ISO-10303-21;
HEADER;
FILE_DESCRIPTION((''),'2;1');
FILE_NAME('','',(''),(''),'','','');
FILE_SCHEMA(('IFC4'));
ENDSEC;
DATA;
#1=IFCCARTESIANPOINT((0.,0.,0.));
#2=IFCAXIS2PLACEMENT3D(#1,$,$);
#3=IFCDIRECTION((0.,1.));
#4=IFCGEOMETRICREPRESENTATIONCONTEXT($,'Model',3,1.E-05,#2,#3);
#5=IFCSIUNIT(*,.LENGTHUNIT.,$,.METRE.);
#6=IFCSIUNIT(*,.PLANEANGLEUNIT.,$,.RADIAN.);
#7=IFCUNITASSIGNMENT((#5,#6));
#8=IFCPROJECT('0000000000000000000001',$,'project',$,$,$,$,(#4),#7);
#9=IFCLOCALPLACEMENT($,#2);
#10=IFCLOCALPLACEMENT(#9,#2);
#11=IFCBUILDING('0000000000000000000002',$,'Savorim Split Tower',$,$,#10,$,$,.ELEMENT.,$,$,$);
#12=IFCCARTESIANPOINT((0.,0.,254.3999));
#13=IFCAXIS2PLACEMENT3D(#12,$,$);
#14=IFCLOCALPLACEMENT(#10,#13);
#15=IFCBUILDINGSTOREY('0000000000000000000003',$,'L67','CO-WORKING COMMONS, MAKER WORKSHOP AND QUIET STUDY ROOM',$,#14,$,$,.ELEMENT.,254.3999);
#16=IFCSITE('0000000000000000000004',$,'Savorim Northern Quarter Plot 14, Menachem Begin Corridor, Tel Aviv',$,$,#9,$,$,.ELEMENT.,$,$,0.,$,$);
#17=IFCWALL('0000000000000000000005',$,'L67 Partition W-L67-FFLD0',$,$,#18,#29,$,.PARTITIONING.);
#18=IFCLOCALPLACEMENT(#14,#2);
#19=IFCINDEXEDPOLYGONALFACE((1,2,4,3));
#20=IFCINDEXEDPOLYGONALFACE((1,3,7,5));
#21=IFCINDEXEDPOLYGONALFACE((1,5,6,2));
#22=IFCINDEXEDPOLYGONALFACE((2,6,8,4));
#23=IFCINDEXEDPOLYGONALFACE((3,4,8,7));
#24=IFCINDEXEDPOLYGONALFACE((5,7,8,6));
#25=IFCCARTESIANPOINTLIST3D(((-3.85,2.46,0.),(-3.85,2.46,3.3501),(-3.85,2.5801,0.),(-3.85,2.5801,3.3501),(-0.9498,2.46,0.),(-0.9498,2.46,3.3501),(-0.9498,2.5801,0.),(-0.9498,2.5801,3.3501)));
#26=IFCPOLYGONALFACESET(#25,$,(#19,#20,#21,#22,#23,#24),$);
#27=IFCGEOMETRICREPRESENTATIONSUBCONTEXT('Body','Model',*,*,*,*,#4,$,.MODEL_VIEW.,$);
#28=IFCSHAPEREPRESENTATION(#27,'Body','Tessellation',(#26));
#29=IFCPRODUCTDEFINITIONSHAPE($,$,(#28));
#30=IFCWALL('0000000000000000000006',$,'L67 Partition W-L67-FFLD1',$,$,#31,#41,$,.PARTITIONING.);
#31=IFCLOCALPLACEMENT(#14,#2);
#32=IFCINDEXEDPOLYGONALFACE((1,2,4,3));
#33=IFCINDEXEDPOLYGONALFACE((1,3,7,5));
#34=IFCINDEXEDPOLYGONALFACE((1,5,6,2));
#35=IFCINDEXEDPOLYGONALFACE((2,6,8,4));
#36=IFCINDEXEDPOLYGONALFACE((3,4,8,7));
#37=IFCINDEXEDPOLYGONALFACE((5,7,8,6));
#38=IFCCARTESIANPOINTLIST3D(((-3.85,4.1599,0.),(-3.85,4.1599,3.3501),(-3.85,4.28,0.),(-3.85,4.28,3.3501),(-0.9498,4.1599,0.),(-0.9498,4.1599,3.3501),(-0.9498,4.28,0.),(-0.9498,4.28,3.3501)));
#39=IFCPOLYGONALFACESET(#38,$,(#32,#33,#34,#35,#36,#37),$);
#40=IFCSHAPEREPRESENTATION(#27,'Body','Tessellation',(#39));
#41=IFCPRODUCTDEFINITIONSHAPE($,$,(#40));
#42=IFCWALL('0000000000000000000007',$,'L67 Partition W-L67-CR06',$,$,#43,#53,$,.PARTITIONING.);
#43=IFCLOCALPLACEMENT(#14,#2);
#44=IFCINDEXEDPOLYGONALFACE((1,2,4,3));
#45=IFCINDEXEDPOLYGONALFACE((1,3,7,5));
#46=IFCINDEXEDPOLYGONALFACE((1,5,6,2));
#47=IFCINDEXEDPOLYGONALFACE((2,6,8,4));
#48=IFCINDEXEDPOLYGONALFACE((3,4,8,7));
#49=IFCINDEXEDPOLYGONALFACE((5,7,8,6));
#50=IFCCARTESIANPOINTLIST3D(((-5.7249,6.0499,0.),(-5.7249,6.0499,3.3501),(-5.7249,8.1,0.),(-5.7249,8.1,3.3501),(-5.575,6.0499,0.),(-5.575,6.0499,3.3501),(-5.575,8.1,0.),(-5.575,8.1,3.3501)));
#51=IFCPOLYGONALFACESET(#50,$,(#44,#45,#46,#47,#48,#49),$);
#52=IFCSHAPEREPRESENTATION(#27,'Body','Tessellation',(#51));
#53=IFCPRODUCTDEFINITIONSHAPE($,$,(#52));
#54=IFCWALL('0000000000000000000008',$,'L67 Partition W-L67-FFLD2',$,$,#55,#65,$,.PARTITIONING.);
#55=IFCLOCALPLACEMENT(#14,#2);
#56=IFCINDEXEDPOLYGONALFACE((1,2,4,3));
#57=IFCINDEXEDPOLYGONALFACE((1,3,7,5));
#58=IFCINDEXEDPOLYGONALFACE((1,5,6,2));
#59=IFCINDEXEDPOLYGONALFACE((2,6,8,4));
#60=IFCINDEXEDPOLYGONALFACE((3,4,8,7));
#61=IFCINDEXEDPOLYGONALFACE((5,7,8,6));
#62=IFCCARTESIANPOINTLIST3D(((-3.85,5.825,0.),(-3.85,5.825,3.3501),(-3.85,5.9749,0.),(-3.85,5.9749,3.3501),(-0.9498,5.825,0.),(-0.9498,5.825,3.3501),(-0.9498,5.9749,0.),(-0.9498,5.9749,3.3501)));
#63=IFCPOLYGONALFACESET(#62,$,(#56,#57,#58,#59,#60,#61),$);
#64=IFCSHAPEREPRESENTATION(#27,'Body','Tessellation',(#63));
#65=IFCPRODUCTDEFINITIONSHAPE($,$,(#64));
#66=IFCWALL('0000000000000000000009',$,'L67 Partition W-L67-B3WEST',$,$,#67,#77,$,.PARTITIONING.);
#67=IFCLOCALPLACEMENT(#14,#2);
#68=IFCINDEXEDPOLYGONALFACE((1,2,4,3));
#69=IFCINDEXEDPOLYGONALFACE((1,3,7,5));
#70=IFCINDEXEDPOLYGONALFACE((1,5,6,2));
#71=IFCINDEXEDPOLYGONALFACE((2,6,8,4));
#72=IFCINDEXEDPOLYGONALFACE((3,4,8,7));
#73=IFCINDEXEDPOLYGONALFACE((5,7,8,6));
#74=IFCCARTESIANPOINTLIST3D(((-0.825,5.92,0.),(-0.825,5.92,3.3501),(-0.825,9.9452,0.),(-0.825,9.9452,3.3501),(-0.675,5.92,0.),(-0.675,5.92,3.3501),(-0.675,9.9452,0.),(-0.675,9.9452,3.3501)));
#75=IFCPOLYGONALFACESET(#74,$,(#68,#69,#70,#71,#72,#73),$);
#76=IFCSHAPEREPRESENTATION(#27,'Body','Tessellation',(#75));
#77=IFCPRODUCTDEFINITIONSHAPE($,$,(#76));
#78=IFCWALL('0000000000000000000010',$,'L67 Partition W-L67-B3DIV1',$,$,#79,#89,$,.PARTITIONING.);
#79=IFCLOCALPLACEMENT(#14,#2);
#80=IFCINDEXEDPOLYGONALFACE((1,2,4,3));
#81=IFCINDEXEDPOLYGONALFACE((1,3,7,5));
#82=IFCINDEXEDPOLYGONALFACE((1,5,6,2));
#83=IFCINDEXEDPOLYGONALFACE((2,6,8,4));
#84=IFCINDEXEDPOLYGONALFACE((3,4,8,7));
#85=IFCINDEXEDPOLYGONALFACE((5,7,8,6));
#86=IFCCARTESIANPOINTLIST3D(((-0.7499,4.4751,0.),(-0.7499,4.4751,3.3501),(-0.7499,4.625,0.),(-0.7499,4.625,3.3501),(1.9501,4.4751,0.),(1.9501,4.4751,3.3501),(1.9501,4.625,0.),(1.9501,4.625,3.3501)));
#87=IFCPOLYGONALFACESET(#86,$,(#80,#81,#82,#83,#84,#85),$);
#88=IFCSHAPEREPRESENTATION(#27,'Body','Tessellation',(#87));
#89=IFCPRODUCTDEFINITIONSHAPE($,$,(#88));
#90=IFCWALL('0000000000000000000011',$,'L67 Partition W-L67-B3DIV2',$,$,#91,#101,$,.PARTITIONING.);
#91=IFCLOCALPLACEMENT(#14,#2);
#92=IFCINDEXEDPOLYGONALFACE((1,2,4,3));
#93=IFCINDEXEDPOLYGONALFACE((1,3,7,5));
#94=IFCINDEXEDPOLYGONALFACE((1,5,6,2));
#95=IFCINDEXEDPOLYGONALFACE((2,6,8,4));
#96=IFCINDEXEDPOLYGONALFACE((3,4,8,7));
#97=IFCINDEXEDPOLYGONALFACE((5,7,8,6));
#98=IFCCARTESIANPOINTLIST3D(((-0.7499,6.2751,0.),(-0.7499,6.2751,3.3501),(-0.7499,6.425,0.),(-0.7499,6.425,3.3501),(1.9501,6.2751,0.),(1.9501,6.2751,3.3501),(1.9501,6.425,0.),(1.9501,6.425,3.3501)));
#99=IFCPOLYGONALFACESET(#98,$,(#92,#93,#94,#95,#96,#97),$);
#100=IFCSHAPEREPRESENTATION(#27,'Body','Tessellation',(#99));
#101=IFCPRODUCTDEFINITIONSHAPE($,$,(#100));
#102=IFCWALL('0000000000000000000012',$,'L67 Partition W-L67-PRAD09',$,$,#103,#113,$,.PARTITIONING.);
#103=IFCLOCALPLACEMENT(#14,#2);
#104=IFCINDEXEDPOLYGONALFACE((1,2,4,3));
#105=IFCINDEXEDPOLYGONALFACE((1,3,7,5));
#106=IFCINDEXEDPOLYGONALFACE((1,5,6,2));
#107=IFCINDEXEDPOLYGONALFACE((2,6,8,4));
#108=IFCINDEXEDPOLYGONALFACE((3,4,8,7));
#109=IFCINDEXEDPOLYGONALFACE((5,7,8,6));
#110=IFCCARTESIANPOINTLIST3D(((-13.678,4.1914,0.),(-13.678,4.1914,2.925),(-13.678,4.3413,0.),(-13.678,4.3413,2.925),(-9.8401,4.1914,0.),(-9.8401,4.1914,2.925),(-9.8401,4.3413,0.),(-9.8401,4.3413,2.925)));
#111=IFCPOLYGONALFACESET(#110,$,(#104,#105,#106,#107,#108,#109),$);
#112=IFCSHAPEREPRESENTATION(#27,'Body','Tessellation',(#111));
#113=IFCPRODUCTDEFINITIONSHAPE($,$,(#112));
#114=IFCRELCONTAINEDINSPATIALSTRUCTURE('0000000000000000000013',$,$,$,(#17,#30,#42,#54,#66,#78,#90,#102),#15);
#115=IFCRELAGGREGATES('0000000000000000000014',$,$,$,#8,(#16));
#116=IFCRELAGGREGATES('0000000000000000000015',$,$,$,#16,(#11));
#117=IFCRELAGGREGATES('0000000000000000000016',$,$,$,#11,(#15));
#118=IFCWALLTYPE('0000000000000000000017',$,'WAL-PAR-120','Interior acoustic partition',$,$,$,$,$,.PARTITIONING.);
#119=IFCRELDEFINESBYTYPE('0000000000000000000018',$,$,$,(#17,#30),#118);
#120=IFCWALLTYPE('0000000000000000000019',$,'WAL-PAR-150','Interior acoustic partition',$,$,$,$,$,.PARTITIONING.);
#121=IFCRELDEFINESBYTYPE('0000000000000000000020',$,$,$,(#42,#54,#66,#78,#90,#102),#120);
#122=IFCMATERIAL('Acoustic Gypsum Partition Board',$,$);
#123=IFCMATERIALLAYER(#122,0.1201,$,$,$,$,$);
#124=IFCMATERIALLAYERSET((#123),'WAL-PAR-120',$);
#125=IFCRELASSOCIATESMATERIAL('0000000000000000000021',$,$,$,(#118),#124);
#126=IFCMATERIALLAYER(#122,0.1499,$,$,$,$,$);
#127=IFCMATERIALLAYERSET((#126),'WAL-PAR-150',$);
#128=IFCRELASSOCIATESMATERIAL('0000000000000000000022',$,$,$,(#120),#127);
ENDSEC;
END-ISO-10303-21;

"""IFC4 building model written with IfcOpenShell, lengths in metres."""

from ifc_helpers import new_model, si_unit, direction, frame, frame_2d, origin, place, context, subcontext, project, spatial, rectangle, extrude, material, layer, layer_set, type_object, element, save


model = new_model("IFC4")

# Units and contexts
model_context = context("Model", 3, precision=1e-05, world=origin(), true_north=direction((0.0, 1.0)))
body_context = subcontext(model_context, "Body", "Model", "MODEL_VIEW")
ifc_project = project(units=[si_unit("LENGTHUNIT", "METRE"), si_unit("PLANEANGLEUNIT", "RADIAN")], contexts=[model_context])

# Site, building, storey
site_placement = place(None, origin())
site = spatial("IfcSite", under=ifc_project, at=site_placement, Name="Savorim Northern Quarter Plot 14, Menachem Begin Corridor, Tel Aviv", CompositionType="ELEMENT", RefElevation=0.0)
building_placement = place(site_placement, origin())
building = spatial("IfcBuilding", under=site, at=building_placement, Name="Savorim Split Tower", CompositionType="ELEMENT")
storey_placement = place(building_placement, frame((0.0, 0.0, 254.3999)))
storey = spatial("IfcBuildingStorey", under=building, at=storey_placement, Name="L67", Description="CO-WORKING COMMONS, MAKER WORKSHOP AND QUIET STUDY ROOM", CompositionType="ELEMENT", Elevation=254.3999)

# Walls
ifc_material_1 = material(Name="Acoustic Gypsum Partition Board")
ifc_layer_1 = layer(ifc_material_1, 0.1201)
ifc_layer_set_1 = layer_set([ifc_layer_1], Name="WAL-PAR-120")
wall_type_1 = type_object("IfcWallType", Name="WAL-PAR-120", Description="Interior acoustic partition", PredefinedType="PARTITIONING", material=ifc_layer_set_1)
for number, where, z_axis, x_axis, name in (
    (1, (-3.8501, 2.52, 0.0), (0.0, 0.0, 1.0), (1.0, 0.0, 0.0), "L67 Partition W-L67-FFLD0"),
    (2, (-3.8501, 4.22, 0.0), (0.0, 0.0, 1.0), (1.0, 0.0, 0.0), "L67 Partition W-L67-FFLD1"),
):
    element("IfcWall", number, at=place(storey_placement, frame(where, z_axis=z_axis, x_axis=x_axis)), inside=storey, type_object=wall_type_1, Name=name, PredefinedType="PARTITIONING", context=body_context, shape_type="SweptSolid", body=[
        extrude(rectangle(XDim=2.9001, YDim=0.1201, at=frame_2d((1.4502, 0.0))), origin(), (0.0, 0.0, 1.0), 3.3501),
    ])
ifc_layer_2 = layer(ifc_material_1, 0.1499)
ifc_layer_set_2 = layer_set([ifc_layer_2], Name="WAL-PAR-150")
wall_type_2 = type_object("IfcWallType", Name="WAL-PAR-150", Description="Interior acoustic partition", PredefinedType="PARTITIONING", material=ifc_layer_set_2)
wall_1_placement = place(storey_placement, frame((-5.6499, 6.05, 0.0), z_axis=(0.0, 0.0, 1.0), x_axis=(0.0, 1.0, 0.0)))
element("IfcWall", 3, at=wall_1_placement, inside=storey, type_object=wall_type_2, Name="L67 Partition W-L67-CR06", PredefinedType="PARTITIONING", context=body_context, shape_type="SweptSolid", body=[
    extrude(rectangle(XDim=2.05, YDim=0.1499, at=frame_2d((1.0249, 0.0))), origin(), (0.0, 0.0, 1.0), 3.3501),
])
wall_2_placement = place(storey_placement, frame((-3.8501, 5.8999, 0.0), z_axis=(0.0, 0.0, 1.0), x_axis=(1.0, 0.0, 0.0)))
element("IfcWall", 4, at=wall_2_placement, inside=storey, type_object=wall_type_2, Name="L67 Partition W-L67-FFLD2", PredefinedType="PARTITIONING", context=body_context, shape_type="SweptSolid", body=[
    extrude(rectangle(XDim=2.9001, YDim=0.1499, at=frame_2d((1.4502, 0.0))), origin(), (0.0, 0.0, 1.0), 3.3501),
])
wall_3_placement = place(storey_placement, frame((-0.75, 5.9199, 0.0), z_axis=(0.0, 0.0, 1.0), x_axis=(0.0, 1.0, 0.0)))
element("IfcWall", 5, at=wall_3_placement, inside=storey, type_object=wall_type_2, Name="L67 Partition W-L67-B3WEST", PredefinedType="PARTITIONING", context=body_context, shape_type="SweptSolid", body=[
    extrude(rectangle(XDim=4.0251, YDim=0.1499, at=frame_2d((2.0127, 0.0))), origin(), (0.0, 0.0, 1.0), 3.3501),
])
for number, where, z_axis, x_axis, name in (
    (6, (-0.75, 4.55, 0.0), (0.0, 0.0, 1.0), (1.0, 0.0, 0.0), "L67 Partition W-L67-B3DIV1"),
    (7, (-0.75, 6.3501, 0.0), (0.0, 0.0, 1.0), (1.0, 0.0, 0.0), "L67 Partition W-L67-B3DIV2"),
):
    element("IfcWall", number, at=place(storey_placement, frame(where, z_axis=z_axis, x_axis=x_axis)), inside=storey, type_object=wall_type_2, Name=name, PredefinedType="PARTITIONING", context=body_context, shape_type="SweptSolid", body=[
        extrude(rectangle(XDim=2.7, YDim=0.1499, at=frame_2d((1.3501, 0.0))), origin(), (0.0, 0.0, 1.0), 3.3501),
    ])
wall_4_placement = place(storey_placement, frame((-9.8401, 4.2664, 0.0), z_axis=(0.0, 0.0, 1.0), x_axis=(-1.0, 0.0, 0.0)))
element("IfcWall", 8, at=wall_4_placement, inside=storey, type_object=wall_type_2, Name="L67 Partition W-L67-PRAD09", PredefinedType="PARTITIONING", context=body_context, shape_type="SweptSolid", body=[
    extrude(rectangle(XDim=3.8379, YDim=0.1499, at=frame_2d((1.9189, 0.0))), origin(), (0.0, 0.0, 1.0), 2.925),
])

save(model, "model.ifc")
